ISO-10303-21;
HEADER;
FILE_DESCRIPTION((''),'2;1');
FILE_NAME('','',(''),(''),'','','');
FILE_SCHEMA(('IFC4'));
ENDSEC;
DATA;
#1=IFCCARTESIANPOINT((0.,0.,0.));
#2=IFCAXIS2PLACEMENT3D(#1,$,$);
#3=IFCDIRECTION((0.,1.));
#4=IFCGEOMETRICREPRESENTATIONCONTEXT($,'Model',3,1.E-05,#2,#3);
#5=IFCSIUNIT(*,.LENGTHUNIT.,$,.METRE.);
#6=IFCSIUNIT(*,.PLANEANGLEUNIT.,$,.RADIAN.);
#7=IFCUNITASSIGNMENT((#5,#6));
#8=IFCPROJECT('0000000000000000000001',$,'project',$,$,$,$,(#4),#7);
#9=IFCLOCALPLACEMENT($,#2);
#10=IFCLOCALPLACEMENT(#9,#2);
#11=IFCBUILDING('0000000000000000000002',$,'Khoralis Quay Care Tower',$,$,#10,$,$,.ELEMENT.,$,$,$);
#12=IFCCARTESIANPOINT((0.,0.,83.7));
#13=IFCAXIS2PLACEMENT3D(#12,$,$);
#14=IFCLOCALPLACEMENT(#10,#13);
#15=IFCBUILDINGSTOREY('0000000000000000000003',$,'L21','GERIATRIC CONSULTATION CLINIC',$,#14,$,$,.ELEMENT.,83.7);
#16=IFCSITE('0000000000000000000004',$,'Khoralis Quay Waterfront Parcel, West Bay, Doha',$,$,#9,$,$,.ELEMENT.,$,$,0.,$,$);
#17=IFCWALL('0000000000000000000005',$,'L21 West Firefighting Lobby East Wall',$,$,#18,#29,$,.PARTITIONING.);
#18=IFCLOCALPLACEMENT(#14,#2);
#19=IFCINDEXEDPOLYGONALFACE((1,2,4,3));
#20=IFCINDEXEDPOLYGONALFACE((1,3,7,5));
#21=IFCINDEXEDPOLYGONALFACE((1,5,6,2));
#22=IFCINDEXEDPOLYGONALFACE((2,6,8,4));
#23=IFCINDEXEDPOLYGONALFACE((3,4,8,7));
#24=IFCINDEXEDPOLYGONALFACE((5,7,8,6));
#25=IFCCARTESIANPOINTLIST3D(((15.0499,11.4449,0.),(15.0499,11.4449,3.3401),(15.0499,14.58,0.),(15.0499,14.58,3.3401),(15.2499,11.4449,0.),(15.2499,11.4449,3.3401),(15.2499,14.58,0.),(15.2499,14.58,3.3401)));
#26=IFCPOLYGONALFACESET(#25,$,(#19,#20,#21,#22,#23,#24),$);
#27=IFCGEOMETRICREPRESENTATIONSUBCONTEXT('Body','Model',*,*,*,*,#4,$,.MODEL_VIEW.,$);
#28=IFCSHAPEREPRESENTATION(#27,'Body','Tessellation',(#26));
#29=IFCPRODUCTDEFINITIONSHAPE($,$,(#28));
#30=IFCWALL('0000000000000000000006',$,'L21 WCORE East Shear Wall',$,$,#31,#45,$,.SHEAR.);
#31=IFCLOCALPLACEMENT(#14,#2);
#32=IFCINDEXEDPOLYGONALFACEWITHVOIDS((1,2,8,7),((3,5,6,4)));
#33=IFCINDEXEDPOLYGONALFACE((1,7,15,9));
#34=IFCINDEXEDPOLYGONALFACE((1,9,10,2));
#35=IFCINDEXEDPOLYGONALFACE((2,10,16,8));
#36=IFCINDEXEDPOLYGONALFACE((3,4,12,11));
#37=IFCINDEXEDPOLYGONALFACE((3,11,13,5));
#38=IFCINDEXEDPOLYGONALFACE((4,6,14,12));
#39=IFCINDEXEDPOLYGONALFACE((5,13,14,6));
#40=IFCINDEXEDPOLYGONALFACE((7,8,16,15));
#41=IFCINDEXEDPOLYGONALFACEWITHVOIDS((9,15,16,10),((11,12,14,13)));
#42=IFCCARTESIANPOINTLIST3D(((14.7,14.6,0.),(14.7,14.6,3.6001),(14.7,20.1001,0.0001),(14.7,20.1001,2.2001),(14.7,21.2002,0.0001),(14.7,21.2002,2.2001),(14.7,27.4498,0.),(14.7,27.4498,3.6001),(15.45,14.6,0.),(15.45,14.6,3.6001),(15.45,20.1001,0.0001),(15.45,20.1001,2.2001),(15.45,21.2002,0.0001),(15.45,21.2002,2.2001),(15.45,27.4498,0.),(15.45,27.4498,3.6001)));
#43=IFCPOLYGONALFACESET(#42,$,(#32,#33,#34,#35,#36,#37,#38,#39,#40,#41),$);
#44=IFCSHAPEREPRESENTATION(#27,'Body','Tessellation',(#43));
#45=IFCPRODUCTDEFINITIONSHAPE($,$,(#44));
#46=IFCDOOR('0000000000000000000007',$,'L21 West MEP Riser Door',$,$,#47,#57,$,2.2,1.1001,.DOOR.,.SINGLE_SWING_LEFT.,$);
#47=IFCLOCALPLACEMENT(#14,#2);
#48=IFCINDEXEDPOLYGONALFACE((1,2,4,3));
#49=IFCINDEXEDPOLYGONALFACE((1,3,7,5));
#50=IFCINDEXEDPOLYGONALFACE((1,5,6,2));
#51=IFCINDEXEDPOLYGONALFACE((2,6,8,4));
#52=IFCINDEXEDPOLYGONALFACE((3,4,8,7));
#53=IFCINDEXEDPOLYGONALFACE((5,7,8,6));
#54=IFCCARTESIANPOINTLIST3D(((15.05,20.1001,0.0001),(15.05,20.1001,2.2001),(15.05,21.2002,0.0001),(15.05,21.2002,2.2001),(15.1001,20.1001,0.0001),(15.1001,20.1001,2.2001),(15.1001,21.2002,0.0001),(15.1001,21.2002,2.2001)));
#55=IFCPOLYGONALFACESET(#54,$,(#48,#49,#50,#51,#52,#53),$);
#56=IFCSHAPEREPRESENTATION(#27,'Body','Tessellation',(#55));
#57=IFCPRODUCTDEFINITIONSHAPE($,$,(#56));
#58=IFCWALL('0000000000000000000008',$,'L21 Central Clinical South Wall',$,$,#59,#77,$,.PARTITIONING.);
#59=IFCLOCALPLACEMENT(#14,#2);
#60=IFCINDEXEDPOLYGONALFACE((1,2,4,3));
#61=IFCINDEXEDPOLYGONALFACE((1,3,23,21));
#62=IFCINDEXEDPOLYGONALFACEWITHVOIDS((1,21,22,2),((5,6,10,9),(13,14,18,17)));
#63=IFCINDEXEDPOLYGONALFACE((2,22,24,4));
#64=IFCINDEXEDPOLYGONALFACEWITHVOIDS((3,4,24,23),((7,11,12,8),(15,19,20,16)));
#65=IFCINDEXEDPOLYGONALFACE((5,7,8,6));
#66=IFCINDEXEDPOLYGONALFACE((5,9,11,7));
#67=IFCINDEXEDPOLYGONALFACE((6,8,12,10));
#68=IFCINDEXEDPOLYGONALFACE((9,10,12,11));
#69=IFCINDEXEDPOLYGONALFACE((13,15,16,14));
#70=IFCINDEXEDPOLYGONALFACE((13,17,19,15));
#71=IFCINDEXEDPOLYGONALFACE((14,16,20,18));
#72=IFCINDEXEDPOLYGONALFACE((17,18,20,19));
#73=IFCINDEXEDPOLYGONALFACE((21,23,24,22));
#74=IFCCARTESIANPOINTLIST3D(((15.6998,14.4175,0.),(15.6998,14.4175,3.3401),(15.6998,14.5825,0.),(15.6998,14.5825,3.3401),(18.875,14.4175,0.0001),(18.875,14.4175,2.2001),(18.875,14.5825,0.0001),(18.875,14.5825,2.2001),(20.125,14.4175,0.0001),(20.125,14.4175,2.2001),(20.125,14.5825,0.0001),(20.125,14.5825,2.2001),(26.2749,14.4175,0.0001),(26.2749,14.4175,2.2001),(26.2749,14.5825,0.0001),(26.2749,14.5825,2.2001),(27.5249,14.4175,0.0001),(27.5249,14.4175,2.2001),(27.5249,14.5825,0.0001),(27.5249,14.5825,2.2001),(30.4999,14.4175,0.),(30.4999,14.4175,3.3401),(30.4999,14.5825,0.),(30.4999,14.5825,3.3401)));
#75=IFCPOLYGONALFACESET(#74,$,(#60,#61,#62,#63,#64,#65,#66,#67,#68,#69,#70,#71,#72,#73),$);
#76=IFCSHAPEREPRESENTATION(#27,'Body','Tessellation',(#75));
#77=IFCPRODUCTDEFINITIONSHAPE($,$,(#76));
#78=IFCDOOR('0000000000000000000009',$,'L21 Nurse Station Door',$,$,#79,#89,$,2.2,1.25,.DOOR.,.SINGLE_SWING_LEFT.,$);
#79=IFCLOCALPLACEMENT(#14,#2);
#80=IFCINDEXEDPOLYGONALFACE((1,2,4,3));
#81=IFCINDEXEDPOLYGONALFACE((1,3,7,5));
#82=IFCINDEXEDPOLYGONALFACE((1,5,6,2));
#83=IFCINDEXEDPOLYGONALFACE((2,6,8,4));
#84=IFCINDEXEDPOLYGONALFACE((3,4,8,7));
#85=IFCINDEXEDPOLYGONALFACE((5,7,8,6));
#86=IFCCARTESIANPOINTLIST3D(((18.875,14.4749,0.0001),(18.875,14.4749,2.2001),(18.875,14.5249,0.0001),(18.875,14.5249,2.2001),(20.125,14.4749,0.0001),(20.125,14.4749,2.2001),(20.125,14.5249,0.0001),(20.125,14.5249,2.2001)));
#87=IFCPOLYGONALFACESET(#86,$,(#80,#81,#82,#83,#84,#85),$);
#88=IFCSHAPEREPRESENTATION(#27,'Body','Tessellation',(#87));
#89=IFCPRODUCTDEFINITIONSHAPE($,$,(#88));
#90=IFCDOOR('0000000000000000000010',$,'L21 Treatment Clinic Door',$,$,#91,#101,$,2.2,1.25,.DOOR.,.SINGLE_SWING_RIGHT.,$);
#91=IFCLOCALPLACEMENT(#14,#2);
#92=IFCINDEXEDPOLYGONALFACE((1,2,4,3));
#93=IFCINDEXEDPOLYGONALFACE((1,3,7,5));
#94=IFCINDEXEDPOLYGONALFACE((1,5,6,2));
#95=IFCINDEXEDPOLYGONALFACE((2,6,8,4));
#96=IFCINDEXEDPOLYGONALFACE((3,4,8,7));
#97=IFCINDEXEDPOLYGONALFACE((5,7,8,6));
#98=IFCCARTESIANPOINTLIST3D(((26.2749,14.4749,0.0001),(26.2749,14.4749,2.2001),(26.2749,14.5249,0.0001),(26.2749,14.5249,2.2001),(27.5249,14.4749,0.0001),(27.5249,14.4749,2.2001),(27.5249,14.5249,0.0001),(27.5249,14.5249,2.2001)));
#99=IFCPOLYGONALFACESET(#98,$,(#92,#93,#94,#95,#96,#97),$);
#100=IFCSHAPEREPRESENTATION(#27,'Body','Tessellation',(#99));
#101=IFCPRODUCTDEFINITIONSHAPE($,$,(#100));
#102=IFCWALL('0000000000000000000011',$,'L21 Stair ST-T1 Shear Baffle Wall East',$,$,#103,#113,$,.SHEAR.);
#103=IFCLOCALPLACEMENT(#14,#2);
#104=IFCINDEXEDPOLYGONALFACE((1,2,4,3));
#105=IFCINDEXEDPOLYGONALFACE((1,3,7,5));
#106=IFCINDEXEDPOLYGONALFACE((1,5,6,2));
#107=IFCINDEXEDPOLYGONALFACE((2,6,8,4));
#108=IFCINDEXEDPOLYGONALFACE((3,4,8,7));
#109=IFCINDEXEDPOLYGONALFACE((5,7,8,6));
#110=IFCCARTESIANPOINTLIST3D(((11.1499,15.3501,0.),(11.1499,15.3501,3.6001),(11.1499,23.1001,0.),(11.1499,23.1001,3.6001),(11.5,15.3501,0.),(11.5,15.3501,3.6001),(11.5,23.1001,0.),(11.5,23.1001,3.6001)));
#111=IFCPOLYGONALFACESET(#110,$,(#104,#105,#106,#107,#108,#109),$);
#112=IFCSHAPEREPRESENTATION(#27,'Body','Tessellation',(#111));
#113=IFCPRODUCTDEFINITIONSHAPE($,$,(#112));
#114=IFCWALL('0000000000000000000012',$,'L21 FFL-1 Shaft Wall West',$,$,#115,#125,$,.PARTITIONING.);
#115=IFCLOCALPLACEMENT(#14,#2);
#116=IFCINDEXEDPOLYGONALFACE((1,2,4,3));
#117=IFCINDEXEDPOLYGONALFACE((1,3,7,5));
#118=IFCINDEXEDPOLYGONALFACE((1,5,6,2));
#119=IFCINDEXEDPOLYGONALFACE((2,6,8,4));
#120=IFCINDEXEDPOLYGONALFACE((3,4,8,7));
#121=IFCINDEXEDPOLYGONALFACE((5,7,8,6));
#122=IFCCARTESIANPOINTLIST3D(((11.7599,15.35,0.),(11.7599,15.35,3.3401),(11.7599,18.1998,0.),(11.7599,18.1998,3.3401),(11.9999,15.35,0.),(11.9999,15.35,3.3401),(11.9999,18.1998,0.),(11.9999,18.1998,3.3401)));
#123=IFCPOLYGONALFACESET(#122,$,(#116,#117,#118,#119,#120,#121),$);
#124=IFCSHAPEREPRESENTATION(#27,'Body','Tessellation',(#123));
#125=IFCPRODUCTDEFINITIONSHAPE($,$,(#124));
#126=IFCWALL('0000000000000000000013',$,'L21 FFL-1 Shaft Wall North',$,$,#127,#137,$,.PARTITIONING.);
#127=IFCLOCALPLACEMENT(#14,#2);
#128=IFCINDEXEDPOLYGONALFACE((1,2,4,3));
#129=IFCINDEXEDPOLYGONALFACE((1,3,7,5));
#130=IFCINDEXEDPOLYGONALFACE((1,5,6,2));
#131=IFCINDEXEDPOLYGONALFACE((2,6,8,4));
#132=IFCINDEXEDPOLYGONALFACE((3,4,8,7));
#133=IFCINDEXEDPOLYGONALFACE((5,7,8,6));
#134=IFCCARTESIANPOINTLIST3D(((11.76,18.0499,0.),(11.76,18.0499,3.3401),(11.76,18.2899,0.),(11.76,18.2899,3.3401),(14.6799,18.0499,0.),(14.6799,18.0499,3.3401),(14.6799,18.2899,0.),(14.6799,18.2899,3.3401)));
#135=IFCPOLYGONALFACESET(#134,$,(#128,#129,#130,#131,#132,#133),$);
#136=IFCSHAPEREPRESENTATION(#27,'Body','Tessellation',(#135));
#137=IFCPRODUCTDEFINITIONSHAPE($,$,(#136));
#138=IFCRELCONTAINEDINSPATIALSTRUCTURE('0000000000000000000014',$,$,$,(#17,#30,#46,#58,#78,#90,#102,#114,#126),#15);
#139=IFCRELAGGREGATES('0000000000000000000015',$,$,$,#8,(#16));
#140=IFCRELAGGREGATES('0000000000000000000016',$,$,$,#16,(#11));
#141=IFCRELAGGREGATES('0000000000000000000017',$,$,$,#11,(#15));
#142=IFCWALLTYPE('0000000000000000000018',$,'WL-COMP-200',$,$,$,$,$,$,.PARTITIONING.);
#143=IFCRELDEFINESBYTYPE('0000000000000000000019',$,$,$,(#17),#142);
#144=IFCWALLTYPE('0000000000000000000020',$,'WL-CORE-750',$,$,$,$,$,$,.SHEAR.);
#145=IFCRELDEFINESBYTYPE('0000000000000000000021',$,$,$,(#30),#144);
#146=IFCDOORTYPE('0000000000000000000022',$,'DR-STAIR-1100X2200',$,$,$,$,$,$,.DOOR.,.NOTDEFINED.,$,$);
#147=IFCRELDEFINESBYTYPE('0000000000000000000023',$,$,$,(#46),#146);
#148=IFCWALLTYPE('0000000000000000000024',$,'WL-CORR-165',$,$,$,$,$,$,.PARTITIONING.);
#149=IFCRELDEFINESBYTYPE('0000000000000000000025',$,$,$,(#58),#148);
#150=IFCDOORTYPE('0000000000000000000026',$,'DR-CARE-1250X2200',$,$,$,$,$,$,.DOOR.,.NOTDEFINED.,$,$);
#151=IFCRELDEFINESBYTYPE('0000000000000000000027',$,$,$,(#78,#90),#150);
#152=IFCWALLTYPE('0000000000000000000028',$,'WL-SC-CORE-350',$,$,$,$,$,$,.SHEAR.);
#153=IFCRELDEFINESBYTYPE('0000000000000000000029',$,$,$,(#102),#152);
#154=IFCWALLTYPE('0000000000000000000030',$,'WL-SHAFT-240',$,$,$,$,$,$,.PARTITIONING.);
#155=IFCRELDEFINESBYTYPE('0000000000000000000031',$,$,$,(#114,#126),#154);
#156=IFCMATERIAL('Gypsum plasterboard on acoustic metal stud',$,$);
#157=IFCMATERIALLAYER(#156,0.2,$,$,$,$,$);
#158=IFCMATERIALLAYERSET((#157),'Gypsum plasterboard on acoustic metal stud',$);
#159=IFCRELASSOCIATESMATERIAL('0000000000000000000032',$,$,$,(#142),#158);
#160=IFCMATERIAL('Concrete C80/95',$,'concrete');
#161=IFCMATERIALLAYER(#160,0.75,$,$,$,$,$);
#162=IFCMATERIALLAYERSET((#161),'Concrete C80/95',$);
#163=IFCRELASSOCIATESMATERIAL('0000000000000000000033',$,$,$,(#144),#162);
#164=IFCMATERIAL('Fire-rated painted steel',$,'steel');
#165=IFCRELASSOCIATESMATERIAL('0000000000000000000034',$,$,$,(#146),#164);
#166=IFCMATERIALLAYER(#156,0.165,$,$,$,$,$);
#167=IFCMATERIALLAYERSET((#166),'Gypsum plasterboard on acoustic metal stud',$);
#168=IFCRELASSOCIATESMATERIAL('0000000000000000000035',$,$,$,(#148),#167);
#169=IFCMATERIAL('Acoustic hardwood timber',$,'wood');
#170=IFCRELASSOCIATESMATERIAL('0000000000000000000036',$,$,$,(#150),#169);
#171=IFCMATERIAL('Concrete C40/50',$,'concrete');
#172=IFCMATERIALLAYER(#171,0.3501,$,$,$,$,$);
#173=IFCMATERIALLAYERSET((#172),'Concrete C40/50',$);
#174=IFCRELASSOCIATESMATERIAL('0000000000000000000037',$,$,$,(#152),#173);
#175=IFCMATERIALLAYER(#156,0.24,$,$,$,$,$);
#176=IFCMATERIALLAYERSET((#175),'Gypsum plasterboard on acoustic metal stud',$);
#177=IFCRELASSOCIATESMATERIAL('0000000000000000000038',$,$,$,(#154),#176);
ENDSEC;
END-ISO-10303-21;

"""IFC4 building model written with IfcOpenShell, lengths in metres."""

from ifc_helpers import new_model, si_unit, direction, frame, frame_2d, origin, place, context, subcontext, project, spatial, rectangle, extrude, source, transform, mapped, material, layer, layer_set, type_object, element, fill, save


model = new_model("IFC4")

# Units and contexts
model_context = context("Model", 3, precision=1e-05, world=origin(), true_north=direction((0.0, 1.0)))
body_context = subcontext(model_context, "Body", "Model", "MODEL_VIEW")
ifc_project = project(units=[si_unit("LENGTHUNIT", "METRE"), si_unit("PLANEANGLEUNIT", "RADIAN")], contexts=[model_context])

# Site, building, storey
site_placement = place(None, origin())
site = spatial("IfcSite", under=ifc_project, at=site_placement, Name="Khoralis Quay Waterfront Parcel, West Bay, Doha", CompositionType="ELEMENT", RefElevation=0.0)
building_placement = place(site_placement, origin())
building = spatial("IfcBuilding", under=site, at=building_placement, Name="Khoralis Quay Care Tower", CompositionType="ELEMENT")
storey_placement = place(building_placement, frame((0.0, 0.0, 83.7)))
storey = spatial("IfcBuildingStorey", under=building, at=storey_placement, Name="L21", Description="GERIATRIC CONSULTATION CLINIC", CompositionType="ELEMENT", Elevation=83.7)

# Shared definitions
ifc_material_1 = material(Name="Concrete C80/95", Category="concrete")

# Wall
ifc_material_2 = material(Name="Gypsum plasterboard on acoustic metal stud")
ifc_layer_1 = layer(ifc_material_2, 0.2)
ifc_layer_set_1 = layer_set([ifc_layer_1], Name="Gypsum plasterboard on acoustic metal stud")
wall_type_1 = type_object("IfcWallType", Name="WL-COMP-200", PredefinedType="PARTITIONING", material=ifc_layer_set_1)
wall_1_placement = place(storey_placement, frame((15.1499, 11.4451, 0.0), z_axis=(0.0, 0.0, 1.0), x_axis=(0.0, 1.0, 0.0)))
element("IfcWall", 1, at=wall_1_placement, inside=storey, type_object=wall_type_1, Name="L21 West Firefighting Lobby East Wall", PredefinedType="PARTITIONING", context=body_context, shape_type="SweptSolid", body=[
    extrude(rectangle(XDim=3.135, YDim=0.2, at=frame_2d((1.5674, 0.0))), origin(), (0.0, 0.0, 1.0), 3.3401),
])

# Wall, opening, door
ifc_layer_2 = layer(ifc_material_1, 0.75)
ifc_layer_set_2 = layer_set([ifc_layer_2], Name="Concrete C80/95")
wall_type_2 = type_object("IfcWallType", Name="WL-CORE-750", PredefinedType="SHEAR", material=ifc_layer_set_2)
wall_2_placement = place(storey_placement, frame((15.075, 14.6001, 0.0), z_axis=(0.0, 0.0, 1.0), x_axis=(0.0, 1.0, 0.0)))
wall_2 = element("IfcWall", 2, at=wall_2_placement, inside=storey, type_object=wall_type_2, Name="L21 WCORE East Shear Wall", PredefinedType="SHEAR", context=body_context, shape_type="SweptSolid", body=[
    extrude(rectangle(XDim=12.8499, YDim=0.75, at=frame_2d((6.4248, 0.0))), origin(), (0.0, 0.0, 1.0), 3.6001),
])
opening_1_placement = place(wall_2_placement, frame((5.5, 0.0, 0.0)))
opening_1 = element("IfcOpeningElement", 3, at=opening_1_placement, cuts=wall_2, PredefinedType="OPENING", context=body_context, shape_type="SweptSolid", body=[
    extrude(rectangle(XDim=1.1001, YDim=2.2, at=frame_2d((0.55, 1.1001))), frame((0.0, 0.385, 0.0), z_axis=(0.0, -1.0, 0.0), x_axis=(1.0, 0.0, 0.0)), (0.0, 0.0, 1.0), 0.77),
])
ifc_material_3 = material(Name="Fire-rated painted steel", Category="steel")
door_type_1 = type_object("IfcDoorType", Name="DR-STAIR-1100X2200", OperationType="NOTDEFINED", PredefinedType="DOOR", material=ifc_material_3)
shared_shape_1 = source(origin(), body_context, "Body", "SweptSolid", [
    extrude(rectangle(XDim=1.1001, YDim=2.2, at=frame_2d((0.55, 1.1001))), frame((0.0, 0.0249, 0.0), z_axis=(0.0, -1.0, 0.0), x_axis=(1.0, 0.0, 0.0)), (0.0, 0.0, 1.0), 0.05),
])
door_1_placement = place(opening_1_placement, origin())
door_1 = element("IfcDoor", 4, at=door_1_placement, inside=storey, type_object=door_type_1, Name="L21 West MEP Riser Door", OperationType="SINGLE_SWING_LEFT", OverallHeight=2.2, OverallWidth=1.1001, PredefinedType="DOOR", context=body_context, shape_type="MappedRepresentation", body=[
    mapped(shared_shape_1, transform((0.0, 0.0, 0.0), scale=1.0)),
])
fill(opening_1, door_1)

# Wall, openings, doors
ifc_layer_3 = layer(ifc_material_2, 0.165)
ifc_layer_set_3 = layer_set([ifc_layer_3], Name="Gypsum plasterboard on acoustic metal stud")
wall_type_3 = type_object("IfcWallType", Name="WL-CORR-165", PredefinedType="PARTITIONING", material=ifc_layer_set_3)
wall_3_placement = place(storey_placement, frame((15.7, 14.5, 0.0), z_axis=(0.0, 0.0, 1.0), x_axis=(1.0, 0.0, 0.0)))
wall_3 = element("IfcWall", 5, at=wall_3_placement, inside=storey, type_object=wall_type_3, Name="L21 Central Clinical South Wall", PredefinedType="PARTITIONING", context=body_context, shape_type="SweptSolid", body=[
    extrude(rectangle(XDim=14.8, YDim=0.165, at=frame_2d((7.3999, 0.0))), origin(), (0.0, 0.0, 1.0), 3.3401),
])
opening_2_placement = place(wall_3_placement, frame((3.175, 0.0, 0.0)))
opening_2 = element("IfcOpeningElement", 6, at=opening_2_placement, cuts=wall_3, PredefinedType="OPENING", context=body_context, shape_type="SweptSolid", body=[
    extrude(rectangle(XDim=1.25, YDim=2.2, at=frame_2d((0.625, 1.1001))), frame((0.0, 0.0925, 0.0), z_axis=(0.0, -1.0, 0.0), x_axis=(1.0, 0.0, 0.0)), (0.0, 0.0, 1.0), 0.1851),
])
opening_3_placement = place(wall_3_placement, frame((10.575, 0.0, 0.0)))
opening_3 = element("IfcOpeningElement", 7, at=opening_3_placement, cuts=wall_3, PredefinedType="OPENING", context=body_context, shape_type="SweptSolid", body=[
    extrude(rectangle(XDim=1.25, YDim=2.2, at=frame_2d((0.625, 1.1001))), frame((0.0, 0.0925, 0.0), z_axis=(0.0, -1.0, 0.0), x_axis=(1.0, 0.0, 0.0)), (0.0, 0.0, 1.0), 0.1851),
])
ifc_material_4 = material(Name="Acoustic hardwood timber", Category="wood")
door_type_2 = type_object("IfcDoorType", Name="DR-CARE-1250X2200", OperationType="NOTDEFINED", PredefinedType="DOOR", material=ifc_material_4)
shared_shape_2 = source(origin(), body_context, "Body", "SweptSolid", [
    extrude(rectangle(XDim=1.25, YDim=2.2, at=frame_2d((0.625, 1.1001))), frame((0.0, 0.0249, 0.0), z_axis=(0.0, -1.0, 0.0), x_axis=(1.0, 0.0, 0.0)), (0.0, 0.0, 1.0), 0.05),
])
door_2_placement = place(opening_2_placement, origin())
door_2 = element("IfcDoor", 8, at=door_2_placement, inside=storey, type_object=door_type_2, Name="L21 Nurse Station Door", OperationType="SINGLE_SWING_LEFT", OverallHeight=2.2, OverallWidth=1.25, PredefinedType="DOOR", context=body_context, shape_type="MappedRepresentation", body=[
    mapped(shared_shape_2, transform((0.0, 0.0, 0.0), scale=1.0)),
])
fill(opening_2, door_2)
door_3_placement = place(opening_3_placement, origin())
door_3 = element("IfcDoor", 9, at=door_3_placement, inside=storey, type_object=door_type_2, Name="L21 Treatment Clinic Door", OperationType="SINGLE_SWING_RIGHT", OverallHeight=2.2, OverallWidth=1.25, PredefinedType="DOOR", context=body_context, shape_type="MappedRepresentation", body=[
    mapped(shared_shape_2, transform((0.0, 0.0, 0.0), scale=1.0)),
])
fill(opening_3, door_3)

# Walls
ifc_material_5 = material(Name="Concrete C40/50", Category="concrete")
ifc_layer_4 = layer(ifc_material_5, 0.3501)
ifc_layer_set_4 = layer_set([ifc_layer_4], Name="Concrete C40/50")
wall_type_4 = type_object("IfcWallType", Name="WL-SC-CORE-350", PredefinedType="SHEAR", material=ifc_layer_set_4)
wall_4_placement = place(storey_placement, frame((11.325, 15.3501, 0.0), z_axis=(0.0, 0.0, 1.0), x_axis=(0.0, 1.0, 0.0)))
element("IfcWall", 10, at=wall_4_placement, inside=storey, type_object=wall_type_4, Name="L21 Stair ST-T1 Shear Baffle Wall East", PredefinedType="SHEAR", context=body_context, shape_type="SweptSolid", body=[
    extrude(rectangle(XDim=7.75, YDim=0.3501, at=frame_2d((3.875, 0.0))), origin(), (0.0, 0.0, 1.0), 3.6001),
])
ifc_layer_5 = layer(ifc_material_2, 0.24)
ifc_layer_set_5 = layer_set([ifc_layer_5], Name="Gypsum plasterboard on acoustic metal stud")
wall_type_5 = type_object("IfcWallType", Name="WL-SHAFT-240", PredefinedType="PARTITIONING", material=ifc_layer_set_5)
wall_5_placement = place(storey_placement, frame((11.8799, 15.3501, 0.0), z_axis=(0.0, 0.0, 1.0), x_axis=(0.0, 1.0, 0.0)))
element("IfcWall", 11, at=wall_5_placement, inside=storey, type_object=wall_type_5, Name="L21 FFL-1 Shaft Wall West", PredefinedType="PARTITIONING", context=body_context, shape_type="SweptSolid", body=[
    extrude(rectangle(XDim=2.8499, YDim=0.24, at=frame_2d((1.4248, 0.0))), origin(), (0.0, 0.0, 1.0), 3.3401),
])
wall_6_placement = place(storey_placement, frame((11.76, 18.1699, 0.0), z_axis=(0.0, 0.0, 1.0), x_axis=(1.0, 0.0, 0.0)))
element("IfcWall", 12, at=wall_6_placement, inside=storey, type_object=wall_type_5, Name="L21 FFL-1 Shaft Wall North", PredefinedType="PARTITIONING", context=body_context, shape_type="SweptSolid", body=[
    extrude(rectangle(XDim=2.9199, YDim=0.24, at=frame_2d((1.46, 0.0))), origin(), (0.0, 0.0, 1.0), 3.3401),
])

save(model, "model.ifc")
